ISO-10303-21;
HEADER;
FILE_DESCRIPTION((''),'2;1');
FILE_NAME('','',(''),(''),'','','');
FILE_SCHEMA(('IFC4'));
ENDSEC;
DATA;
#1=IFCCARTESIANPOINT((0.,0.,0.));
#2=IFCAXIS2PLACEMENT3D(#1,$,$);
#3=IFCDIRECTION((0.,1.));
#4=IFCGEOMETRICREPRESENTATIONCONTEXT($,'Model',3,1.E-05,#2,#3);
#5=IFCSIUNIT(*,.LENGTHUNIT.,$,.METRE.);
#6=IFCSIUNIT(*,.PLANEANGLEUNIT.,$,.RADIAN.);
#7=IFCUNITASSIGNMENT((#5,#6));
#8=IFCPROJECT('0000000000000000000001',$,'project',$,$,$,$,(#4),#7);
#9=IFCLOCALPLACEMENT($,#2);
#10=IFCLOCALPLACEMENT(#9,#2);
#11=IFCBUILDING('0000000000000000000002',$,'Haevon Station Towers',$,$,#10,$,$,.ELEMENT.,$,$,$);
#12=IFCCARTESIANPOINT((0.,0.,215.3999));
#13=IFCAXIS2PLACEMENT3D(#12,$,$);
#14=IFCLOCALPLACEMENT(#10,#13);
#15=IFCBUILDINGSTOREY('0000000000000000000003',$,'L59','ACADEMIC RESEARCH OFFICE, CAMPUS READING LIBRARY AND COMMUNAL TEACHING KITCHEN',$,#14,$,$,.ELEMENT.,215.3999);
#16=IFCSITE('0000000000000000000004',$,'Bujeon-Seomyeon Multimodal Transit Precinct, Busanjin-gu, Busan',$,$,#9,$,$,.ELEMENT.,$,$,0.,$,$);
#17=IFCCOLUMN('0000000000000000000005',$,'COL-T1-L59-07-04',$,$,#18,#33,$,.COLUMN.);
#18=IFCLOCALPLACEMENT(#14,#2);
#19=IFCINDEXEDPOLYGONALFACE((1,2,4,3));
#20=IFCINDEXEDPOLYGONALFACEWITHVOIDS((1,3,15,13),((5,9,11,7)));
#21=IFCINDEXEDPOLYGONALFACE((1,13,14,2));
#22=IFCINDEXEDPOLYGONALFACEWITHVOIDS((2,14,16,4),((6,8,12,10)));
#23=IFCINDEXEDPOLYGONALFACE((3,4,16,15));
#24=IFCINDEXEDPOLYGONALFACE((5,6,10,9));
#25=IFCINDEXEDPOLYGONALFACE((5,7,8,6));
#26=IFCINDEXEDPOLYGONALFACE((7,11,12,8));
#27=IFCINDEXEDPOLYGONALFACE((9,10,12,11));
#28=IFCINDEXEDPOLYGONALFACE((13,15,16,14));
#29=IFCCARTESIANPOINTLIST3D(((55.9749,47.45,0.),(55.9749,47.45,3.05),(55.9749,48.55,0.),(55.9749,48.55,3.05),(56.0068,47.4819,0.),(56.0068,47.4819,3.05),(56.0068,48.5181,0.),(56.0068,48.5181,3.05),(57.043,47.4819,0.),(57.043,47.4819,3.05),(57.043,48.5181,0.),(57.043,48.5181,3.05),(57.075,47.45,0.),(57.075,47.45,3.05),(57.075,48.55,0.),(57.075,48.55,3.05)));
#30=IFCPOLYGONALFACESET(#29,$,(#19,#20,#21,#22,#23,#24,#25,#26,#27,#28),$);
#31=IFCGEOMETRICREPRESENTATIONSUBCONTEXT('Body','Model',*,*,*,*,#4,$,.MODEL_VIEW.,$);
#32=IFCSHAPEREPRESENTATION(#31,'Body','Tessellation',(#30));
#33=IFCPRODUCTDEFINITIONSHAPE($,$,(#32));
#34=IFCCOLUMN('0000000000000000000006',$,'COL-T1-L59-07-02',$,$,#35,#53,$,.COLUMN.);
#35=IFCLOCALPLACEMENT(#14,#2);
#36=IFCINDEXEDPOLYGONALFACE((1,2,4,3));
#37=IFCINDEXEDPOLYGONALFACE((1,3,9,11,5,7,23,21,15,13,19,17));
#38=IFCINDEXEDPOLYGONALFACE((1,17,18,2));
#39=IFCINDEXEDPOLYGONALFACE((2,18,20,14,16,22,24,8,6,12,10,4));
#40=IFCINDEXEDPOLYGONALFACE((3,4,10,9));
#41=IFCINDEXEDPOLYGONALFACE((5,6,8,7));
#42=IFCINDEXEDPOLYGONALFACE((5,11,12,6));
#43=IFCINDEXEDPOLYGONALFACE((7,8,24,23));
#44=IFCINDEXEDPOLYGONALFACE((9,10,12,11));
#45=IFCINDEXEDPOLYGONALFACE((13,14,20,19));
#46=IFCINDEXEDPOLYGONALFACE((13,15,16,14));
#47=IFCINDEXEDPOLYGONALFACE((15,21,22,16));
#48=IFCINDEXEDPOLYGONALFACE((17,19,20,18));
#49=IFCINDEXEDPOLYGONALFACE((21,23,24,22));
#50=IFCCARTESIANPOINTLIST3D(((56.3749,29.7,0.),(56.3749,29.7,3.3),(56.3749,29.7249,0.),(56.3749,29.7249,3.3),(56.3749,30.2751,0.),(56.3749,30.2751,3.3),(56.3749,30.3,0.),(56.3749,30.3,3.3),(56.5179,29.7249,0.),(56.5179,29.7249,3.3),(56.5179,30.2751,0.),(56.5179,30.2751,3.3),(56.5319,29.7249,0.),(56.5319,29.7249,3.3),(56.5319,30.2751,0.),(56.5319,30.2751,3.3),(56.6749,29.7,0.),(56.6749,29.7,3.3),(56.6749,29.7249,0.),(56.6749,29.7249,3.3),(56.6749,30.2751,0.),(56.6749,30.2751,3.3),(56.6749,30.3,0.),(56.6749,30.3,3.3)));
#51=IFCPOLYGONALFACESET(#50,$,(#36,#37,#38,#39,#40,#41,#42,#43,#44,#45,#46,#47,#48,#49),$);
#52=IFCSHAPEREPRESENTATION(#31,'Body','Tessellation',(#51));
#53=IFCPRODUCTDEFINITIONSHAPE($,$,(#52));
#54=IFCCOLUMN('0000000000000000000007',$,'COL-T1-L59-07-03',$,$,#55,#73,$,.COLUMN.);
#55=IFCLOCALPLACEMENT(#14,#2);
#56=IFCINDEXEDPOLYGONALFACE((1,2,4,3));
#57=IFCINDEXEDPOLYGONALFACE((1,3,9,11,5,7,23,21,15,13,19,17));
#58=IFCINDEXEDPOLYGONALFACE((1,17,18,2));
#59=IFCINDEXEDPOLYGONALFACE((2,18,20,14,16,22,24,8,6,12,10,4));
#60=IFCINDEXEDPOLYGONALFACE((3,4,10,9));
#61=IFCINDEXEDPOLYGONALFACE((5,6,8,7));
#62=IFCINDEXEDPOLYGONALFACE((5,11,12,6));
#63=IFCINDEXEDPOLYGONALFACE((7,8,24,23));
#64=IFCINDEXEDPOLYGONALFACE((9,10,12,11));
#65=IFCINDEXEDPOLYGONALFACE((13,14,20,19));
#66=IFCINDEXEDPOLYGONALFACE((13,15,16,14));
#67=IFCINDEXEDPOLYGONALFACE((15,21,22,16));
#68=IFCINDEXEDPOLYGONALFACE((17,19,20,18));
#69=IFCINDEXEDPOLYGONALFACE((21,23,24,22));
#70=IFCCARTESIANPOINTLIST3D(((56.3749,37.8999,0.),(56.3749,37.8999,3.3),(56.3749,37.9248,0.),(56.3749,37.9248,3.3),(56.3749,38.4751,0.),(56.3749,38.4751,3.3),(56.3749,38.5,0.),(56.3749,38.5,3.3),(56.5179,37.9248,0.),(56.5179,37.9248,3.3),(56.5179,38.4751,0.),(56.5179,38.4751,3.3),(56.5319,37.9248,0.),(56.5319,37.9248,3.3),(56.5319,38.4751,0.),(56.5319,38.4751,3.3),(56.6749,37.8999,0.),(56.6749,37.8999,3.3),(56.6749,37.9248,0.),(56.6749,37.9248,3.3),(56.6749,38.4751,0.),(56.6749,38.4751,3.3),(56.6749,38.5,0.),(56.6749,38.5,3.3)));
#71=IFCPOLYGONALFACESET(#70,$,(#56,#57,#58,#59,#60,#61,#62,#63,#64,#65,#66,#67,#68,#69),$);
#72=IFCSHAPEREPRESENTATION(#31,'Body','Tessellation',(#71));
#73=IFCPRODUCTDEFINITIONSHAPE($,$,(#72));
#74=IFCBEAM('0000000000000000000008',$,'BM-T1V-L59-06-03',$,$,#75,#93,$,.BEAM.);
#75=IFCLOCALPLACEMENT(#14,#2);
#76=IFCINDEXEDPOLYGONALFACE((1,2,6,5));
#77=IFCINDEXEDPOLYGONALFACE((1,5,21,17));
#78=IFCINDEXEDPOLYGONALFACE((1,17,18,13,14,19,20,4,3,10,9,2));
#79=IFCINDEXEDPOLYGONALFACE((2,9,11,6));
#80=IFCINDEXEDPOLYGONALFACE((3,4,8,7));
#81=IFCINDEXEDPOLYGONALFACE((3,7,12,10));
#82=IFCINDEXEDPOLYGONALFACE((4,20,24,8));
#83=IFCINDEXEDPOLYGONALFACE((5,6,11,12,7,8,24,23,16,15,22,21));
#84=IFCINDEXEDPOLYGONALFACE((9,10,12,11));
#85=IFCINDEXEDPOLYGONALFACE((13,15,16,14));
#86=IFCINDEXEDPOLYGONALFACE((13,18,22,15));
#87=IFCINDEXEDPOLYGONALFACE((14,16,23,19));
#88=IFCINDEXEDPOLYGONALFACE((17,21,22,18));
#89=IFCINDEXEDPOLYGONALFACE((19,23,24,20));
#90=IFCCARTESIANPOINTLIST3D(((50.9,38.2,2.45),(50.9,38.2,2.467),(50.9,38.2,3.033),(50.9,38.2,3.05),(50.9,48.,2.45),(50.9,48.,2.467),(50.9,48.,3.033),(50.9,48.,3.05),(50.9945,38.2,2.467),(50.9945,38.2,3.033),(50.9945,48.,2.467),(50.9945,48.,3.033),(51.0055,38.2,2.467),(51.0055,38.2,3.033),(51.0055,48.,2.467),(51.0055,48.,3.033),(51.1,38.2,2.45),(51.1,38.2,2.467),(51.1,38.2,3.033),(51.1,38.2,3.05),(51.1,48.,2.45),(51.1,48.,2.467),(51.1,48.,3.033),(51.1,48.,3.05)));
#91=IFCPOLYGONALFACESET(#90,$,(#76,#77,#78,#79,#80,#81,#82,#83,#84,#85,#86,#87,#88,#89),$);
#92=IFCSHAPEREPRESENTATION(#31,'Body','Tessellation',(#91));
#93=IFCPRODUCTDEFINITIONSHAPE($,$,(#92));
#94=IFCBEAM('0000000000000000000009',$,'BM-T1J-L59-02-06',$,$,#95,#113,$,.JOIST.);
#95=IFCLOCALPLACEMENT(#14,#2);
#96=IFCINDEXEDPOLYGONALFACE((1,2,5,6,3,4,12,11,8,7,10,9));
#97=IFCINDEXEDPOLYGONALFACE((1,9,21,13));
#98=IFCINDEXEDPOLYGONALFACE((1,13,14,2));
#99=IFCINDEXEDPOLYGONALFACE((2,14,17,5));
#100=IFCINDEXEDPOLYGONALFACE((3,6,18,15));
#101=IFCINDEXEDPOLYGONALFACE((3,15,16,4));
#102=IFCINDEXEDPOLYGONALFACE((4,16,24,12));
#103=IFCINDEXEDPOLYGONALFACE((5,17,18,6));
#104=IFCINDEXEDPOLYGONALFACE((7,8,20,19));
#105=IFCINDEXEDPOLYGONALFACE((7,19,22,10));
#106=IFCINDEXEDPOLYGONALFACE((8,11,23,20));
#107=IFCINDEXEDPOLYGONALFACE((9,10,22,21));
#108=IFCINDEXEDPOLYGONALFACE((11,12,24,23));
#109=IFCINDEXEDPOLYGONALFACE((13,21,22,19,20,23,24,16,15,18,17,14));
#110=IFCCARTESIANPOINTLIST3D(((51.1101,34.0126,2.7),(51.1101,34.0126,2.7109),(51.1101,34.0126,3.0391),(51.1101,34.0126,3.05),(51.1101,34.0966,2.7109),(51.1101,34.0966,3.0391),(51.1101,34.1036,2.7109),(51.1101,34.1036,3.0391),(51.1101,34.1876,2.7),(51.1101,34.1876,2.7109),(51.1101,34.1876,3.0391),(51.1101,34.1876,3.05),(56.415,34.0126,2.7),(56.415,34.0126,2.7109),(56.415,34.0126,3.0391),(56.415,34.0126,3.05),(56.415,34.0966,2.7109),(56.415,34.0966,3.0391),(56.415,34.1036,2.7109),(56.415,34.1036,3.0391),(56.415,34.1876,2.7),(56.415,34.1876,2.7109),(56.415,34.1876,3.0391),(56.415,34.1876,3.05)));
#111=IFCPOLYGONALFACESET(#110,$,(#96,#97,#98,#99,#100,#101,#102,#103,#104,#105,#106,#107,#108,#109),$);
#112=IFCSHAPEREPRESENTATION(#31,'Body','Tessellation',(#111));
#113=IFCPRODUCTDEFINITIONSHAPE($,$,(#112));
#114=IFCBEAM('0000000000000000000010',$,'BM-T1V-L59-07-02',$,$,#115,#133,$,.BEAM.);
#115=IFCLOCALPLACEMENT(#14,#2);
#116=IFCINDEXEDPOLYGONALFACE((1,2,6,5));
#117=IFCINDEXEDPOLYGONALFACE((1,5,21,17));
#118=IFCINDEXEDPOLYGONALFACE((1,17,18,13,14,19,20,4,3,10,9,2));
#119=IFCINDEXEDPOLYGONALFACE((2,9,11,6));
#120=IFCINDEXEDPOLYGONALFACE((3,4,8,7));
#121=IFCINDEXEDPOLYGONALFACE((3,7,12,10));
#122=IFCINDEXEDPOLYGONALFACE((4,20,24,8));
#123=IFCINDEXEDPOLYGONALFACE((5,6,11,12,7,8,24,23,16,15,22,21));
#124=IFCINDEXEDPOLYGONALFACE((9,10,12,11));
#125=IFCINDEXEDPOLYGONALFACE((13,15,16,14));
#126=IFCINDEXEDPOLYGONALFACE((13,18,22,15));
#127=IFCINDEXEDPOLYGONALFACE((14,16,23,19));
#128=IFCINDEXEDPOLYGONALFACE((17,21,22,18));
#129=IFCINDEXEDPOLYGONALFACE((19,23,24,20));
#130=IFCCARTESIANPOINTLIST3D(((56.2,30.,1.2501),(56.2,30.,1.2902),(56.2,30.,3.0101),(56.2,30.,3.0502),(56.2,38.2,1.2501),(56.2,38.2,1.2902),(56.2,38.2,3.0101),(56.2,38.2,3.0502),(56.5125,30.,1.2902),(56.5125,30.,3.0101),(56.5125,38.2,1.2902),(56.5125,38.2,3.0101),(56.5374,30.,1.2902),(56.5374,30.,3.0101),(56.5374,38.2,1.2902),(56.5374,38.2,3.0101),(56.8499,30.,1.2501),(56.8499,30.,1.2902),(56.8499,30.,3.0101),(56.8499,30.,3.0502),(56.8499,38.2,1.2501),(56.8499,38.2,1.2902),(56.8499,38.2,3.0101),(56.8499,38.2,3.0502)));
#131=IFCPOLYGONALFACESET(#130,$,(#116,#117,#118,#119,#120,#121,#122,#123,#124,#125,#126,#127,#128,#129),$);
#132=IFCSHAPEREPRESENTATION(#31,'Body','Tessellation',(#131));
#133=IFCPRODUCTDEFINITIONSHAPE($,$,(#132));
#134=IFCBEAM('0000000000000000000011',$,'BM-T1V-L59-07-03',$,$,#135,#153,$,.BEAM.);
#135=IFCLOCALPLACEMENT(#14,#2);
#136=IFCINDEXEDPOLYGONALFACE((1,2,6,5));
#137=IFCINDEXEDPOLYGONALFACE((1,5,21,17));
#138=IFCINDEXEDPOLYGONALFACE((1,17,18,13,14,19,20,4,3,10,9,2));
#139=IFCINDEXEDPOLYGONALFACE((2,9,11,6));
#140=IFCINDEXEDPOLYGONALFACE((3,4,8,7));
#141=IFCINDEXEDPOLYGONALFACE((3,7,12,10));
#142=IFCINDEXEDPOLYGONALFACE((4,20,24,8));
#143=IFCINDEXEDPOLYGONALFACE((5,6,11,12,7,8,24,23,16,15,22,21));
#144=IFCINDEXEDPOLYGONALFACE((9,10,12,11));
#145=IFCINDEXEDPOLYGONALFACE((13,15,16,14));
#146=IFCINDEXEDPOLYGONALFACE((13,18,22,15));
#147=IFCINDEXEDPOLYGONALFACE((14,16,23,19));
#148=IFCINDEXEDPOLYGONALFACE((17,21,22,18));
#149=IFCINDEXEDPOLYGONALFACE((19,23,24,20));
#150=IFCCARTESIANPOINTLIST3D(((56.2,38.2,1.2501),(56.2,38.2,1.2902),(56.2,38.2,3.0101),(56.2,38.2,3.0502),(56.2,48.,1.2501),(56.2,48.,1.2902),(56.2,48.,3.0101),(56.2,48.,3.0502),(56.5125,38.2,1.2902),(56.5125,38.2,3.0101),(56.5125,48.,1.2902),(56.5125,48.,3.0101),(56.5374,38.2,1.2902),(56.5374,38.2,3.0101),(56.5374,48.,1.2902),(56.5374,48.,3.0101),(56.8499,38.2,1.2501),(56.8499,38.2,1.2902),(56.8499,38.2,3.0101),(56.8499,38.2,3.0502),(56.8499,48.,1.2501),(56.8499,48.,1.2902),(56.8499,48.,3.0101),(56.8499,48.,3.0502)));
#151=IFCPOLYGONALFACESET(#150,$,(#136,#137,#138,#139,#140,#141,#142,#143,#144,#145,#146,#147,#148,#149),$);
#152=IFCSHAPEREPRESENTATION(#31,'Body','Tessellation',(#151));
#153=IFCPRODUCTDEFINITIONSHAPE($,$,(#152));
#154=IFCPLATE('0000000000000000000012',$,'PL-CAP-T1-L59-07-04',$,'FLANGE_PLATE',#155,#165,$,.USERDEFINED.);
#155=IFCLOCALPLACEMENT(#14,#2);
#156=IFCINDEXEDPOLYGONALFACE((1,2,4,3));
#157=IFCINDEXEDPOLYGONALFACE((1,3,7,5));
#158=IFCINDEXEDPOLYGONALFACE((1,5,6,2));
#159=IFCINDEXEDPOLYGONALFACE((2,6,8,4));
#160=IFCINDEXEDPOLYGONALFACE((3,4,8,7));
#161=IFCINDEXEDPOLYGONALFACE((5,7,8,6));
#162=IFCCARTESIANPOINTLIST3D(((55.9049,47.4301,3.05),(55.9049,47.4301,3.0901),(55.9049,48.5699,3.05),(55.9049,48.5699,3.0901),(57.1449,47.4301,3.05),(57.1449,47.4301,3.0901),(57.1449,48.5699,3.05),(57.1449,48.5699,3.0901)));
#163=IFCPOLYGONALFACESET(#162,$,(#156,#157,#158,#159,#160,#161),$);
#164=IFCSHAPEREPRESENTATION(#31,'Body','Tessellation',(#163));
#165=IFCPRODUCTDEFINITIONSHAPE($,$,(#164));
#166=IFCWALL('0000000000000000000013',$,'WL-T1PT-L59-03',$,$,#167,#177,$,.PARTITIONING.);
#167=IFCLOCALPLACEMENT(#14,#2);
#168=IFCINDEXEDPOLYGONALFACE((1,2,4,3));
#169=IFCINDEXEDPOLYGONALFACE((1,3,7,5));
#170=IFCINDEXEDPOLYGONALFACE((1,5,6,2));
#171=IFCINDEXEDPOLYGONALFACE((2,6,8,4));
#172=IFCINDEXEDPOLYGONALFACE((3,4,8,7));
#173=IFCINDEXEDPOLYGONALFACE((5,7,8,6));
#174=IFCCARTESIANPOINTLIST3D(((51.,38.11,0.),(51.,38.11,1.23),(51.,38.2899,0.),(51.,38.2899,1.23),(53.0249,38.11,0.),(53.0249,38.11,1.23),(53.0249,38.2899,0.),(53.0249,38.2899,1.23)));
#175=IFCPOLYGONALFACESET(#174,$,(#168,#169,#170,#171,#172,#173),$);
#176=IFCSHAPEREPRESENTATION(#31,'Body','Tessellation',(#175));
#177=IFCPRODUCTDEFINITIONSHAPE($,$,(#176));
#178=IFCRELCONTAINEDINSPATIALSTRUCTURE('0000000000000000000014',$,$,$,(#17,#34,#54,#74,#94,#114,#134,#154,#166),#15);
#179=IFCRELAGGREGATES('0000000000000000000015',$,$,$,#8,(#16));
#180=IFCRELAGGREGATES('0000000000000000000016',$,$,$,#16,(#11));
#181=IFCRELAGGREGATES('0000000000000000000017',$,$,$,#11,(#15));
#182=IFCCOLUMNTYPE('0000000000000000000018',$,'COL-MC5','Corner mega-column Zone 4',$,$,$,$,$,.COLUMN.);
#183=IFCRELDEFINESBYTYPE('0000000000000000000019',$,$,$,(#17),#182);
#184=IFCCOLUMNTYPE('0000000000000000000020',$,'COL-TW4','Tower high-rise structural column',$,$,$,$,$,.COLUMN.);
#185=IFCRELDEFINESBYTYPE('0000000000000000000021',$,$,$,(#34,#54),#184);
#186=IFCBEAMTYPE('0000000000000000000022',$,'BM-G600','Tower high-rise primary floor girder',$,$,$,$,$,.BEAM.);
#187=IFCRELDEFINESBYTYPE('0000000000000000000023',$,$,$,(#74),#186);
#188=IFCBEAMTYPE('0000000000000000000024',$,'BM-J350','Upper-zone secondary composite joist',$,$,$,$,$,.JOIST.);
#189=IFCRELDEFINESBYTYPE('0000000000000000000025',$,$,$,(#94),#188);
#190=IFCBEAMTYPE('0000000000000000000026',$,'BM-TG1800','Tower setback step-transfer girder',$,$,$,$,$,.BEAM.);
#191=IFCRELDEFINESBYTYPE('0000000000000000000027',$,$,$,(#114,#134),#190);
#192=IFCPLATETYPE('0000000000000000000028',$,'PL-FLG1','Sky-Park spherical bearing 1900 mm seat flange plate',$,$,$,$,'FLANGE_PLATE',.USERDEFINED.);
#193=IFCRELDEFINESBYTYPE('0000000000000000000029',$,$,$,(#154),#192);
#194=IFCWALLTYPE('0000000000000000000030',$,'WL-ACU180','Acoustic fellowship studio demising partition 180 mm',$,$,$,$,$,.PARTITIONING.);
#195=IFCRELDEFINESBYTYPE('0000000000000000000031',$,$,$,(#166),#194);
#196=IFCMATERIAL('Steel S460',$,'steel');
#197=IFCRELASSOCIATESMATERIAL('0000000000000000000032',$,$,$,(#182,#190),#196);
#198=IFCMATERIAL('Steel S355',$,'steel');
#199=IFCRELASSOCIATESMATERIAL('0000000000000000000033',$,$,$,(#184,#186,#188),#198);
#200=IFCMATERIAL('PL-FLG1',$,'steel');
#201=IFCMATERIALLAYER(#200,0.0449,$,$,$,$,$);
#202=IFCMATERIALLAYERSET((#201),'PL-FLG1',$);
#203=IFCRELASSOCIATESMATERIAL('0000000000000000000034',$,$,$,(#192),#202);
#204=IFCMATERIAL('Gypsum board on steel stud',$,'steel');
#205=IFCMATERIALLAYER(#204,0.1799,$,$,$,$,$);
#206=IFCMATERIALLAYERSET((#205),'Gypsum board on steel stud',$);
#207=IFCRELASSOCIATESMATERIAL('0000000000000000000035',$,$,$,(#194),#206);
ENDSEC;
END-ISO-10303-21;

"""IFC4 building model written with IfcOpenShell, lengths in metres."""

from ifc_helpers import new_model, si_unit, direction, frame, frame_2d, origin, origin_2d, place, context, subcontext, project, spatial, rectangle, hollow_rectangle, i_section, extrude, material, layer, layer_set, material_profile, profile_set, type_object, element, save


model = new_model("IFC4")

# Units and contexts
model_context = context("Model", 3, precision=1e-05, world=origin(), true_north=direction((0.0, 1.0)))
body_context = subcontext(model_context, "Body", "Model", "MODEL_VIEW")
ifc_project = project(units=[si_unit("LENGTHUNIT", "METRE"), si_unit("PLANEANGLEUNIT", "RADIAN")], contexts=[model_context])

# Site, building, storey
site_placement = place(None, origin())
site = spatial("IfcSite", under=ifc_project, at=site_placement, Name="Bujeon-Seomyeon Multimodal Transit Precinct, Busanjin-gu, Busan", CompositionType="ELEMENT", RefElevation=0.0)
building_placement = place(site_placement, origin())
building = spatial("IfcBuilding", under=site, at=building_placement, Name="Haevon Station Towers", CompositionType="ELEMENT")
storey_placement = place(building_placement, frame((0.0, 0.0, 215.3999)))
storey = spatial("IfcBuildingStorey", under=building, at=storey_placement, Name="L59", Description="ACADEMIC RESEARCH OFFICE, CAMPUS READING LIBRARY AND COMMUNAL TEACHING KITCHEN", CompositionType="ELEMENT", Elevation=215.3999)

# Columns
ifc_material_1 = material(Name="Steel S460", Category="steel")
ifc_material_profile_1 = material_profile(ifc_material_1, hollow_rectangle(XDim=1.1001, YDim=1.1001, WallThickness=0.032, at=origin_2d()), Name="BOX-1100x1100x32")
ifc_profile_set_1 = profile_set([ifc_material_profile_1], Name="Steel S460")
column_type_1 = type_object("IfcColumnType", Name="COL-MC5", Description="Corner mega-column Zone 4", PredefinedType="COLUMN", material=ifc_profile_set_1)
column_placement = place(storey_placement, frame((56.5249, 48.0, 0.0), z_axis=(0.0, 0.0, 1.0), x_axis=(1.0, 0.0, 0.0)))
element("IfcColumn", 1, at=column_placement, inside=storey, type_object=column_type_1, Name="COL-T1-L59-07-04", PredefinedType="COLUMN", context=body_context, shape_type="SweptSolid", body=[
    extrude(hollow_rectangle(XDim=1.1001, YDim=1.1001, WallThickness=0.032, at=origin_2d()), origin(), (0.0, 0.0, 1.0), 3.05),
])
ifc_material_2 = material(Name="Steel S355", Category="steel")
ifc_material_profile_2 = material_profile(ifc_material_2, i_section(OverallWidth=0.3, OverallDepth=0.6001, WebThickness=0.0139, FlangeThickness=0.0249, at=origin_2d()), Name="H-600x300x14x25")
ifc_profile_set_2 = profile_set([ifc_material_profile_2], Name="Steel S355")
column_type_2 = type_object("IfcColumnType", Name="COL-TW4", Description="Tower high-rise structural column", PredefinedType="COLUMN", material=ifc_profile_set_2)
for number, where, z_axis, x_axis, name in (
    (2, (56.5249, 30.0, 0.0), (0.0, 0.0, 1.0), (1.0, 0.0, 0.0), "COL-T1-L59-07-02"),
    (3, (56.5249, 38.2, 0.0), (0.0, 0.0, 1.0), (1.0, 0.0, 0.0), "COL-T1-L59-07-03"),
):
    element("IfcColumn", number, at=place(storey_placement, frame(where, z_axis=z_axis, x_axis=x_axis)), inside=storey, type_object=column_type_2, Name=name, PredefinedType="COLUMN", context=body_context, shape_type="SweptSolid", body=[
        extrude(i_section(OverallWidth=0.3, OverallDepth=0.6001, WebThickness=0.0139, FlangeThickness=0.0249, at=origin_2d()), origin(), (0.0, 0.0, 1.0), 3.3),
    ])

# Beams
ifc_material_profile_3 = material_profile(ifc_material_2, i_section(OverallWidth=0.2, OverallDepth=0.6001, WebThickness=0.011, FlangeThickness=0.0171, at=origin_2d()), Name="H-600x200x11x17")
ifc_profile_set_3 = profile_set([ifc_material_profile_3], Name="Steel S355")
beam_type_1 = type_object("IfcBeamType", Name="BM-G600", Description="Tower high-rise primary floor girder", PredefinedType="BEAM", material=ifc_profile_set_3)
beam_1_placement = place(storey_placement, frame((51.0, 38.2, 2.75), z_axis=(0.0, 1.0, 0.0), x_axis=(-1.0, 0.0, 0.0)))
element("IfcBeam", 4, at=beam_1_placement, inside=storey, type_object=beam_type_1, Name="BM-T1V-L59-06-03", PredefinedType="BEAM", context=body_context, shape_type="SweptSolid", body=[
    extrude(i_section(OverallWidth=0.2, OverallDepth=0.6001, WebThickness=0.011, FlangeThickness=0.0171, at=origin_2d()), origin(), (0.0, 0.0, 1.0), 9.8),
])
ifc_material_profile_4 = material_profile(ifc_material_2, i_section(OverallWidth=0.175, OverallDepth=0.3501, WebThickness=0.0071, FlangeThickness=0.011, at=origin_2d()), Name="H-350x175x7x11")
ifc_profile_set_4 = profile_set([ifc_material_profile_4], Name="Steel S355")
beam_type_2 = type_object("IfcBeamType", Name="BM-J350", Description="Upper-zone secondary composite joist", PredefinedType="JOIST", material=ifc_profile_set_4)
beam_2_placement = place(storey_placement, frame((51.1101, 34.1001, 2.875), z_axis=(1.0, 0.0, 0.0), x_axis=(0.0, 1.0, 0.0)))
element("IfcBeam", 5, at=beam_2_placement, inside=storey, type_object=beam_type_2, Name="BM-T1J-L59-02-06", PredefinedType="JOIST", context=body_context, shape_type="SweptSolid", body=[
    extrude(i_section(OverallWidth=0.175, OverallDepth=0.3501, WebThickness=0.0071, FlangeThickness=0.011, at=origin_2d()), origin(), (0.0, 0.0, 1.0), 5.3049),
])
ifc_material_profile_5 = material_profile(ifc_material_1, i_section(OverallWidth=0.6499, OverallDepth=1.8, WebThickness=0.0249, FlangeThickness=0.04, at=origin_2d()), Name="H-1800x650x25x40")
ifc_profile_set_5 = profile_set([ifc_material_profile_5], Name="Steel S460")
beam_type_3 = type_object("IfcBeamType", Name="BM-TG1800", Description="Tower setback step-transfer girder", PredefinedType="BEAM", material=ifc_profile_set_5)
beam_3_placement = place(storey_placement, frame((56.5249, 30.0, 2.1501), z_axis=(0.0, 1.0, 0.0), x_axis=(-1.0, 0.0, 0.0)))
element("IfcBeam", 6, at=beam_3_placement, inside=storey, type_object=beam_type_3, Name="BM-T1V-L59-07-02", PredefinedType="BEAM", context=body_context, shape_type="SweptSolid", body=[
    extrude(i_section(OverallWidth=0.6499, OverallDepth=1.8, WebThickness=0.0249, FlangeThickness=0.04, at=origin_2d()), origin(), (0.0, 0.0, 1.0), 8.2),
])
beam_4_placement = place(storey_placement, frame((56.5249, 38.2, 2.1501), z_axis=(0.0, 1.0, 0.0), x_axis=(-1.0, 0.0, 0.0)))
element("IfcBeam", 7, at=beam_4_placement, inside=storey, type_object=beam_type_3, Name="BM-T1V-L59-07-03", PredefinedType="BEAM", context=body_context, shape_type="SweptSolid", body=[
    extrude(i_section(OverallWidth=0.6499, OverallDepth=1.8, WebThickness=0.0249, FlangeThickness=0.04, at=origin_2d()), origin(), (0.0, 0.0, 1.0), 9.8),
])

# Plate
ifc_material_3 = material(Name="PL-FLG1", Category="steel")
ifc_layer_1 = layer(ifc_material_3, 0.0449)
ifc_layer_set_1 = layer_set([ifc_layer_1], Name="PL-FLG1")
plate_type = type_object("IfcPlateType", Name="PL-FLG1", Description="Sky-Park spherical bearing 1900 mm seat flange plate", ElementType="FLANGE_PLATE", PredefinedType="USERDEFINED", material=ifc_layer_set_1)
plate_placement = place(storey_placement, frame((56.5249, 48.0, 3.05), z_axis=(0.0, 0.0, 1.0), x_axis=(1.0, 0.0, 0.0)))
element("IfcPlate", 8, at=plate_placement, inside=storey, type_object=plate_type, Name="PL-CAP-T1-L59-07-04", ObjectType="FLANGE_PLATE", PredefinedType="USERDEFINED", context=body_context, shape_type="SweptSolid", body=[
    extrude(rectangle(XDim=1.24, YDim=1.1399, at=origin_2d()), origin(), (0.0, 0.0, 1.0), 0.04),
])

# Wall
ifc_material_4 = material(Name="Gypsum board on steel stud", Category="steel")
ifc_layer_2 = layer(ifc_material_4, 0.1799)
ifc_layer_set_2 = layer_set([ifc_layer_2], Name="Gypsum board on steel stud")
wall_type_1 = type_object("IfcWallType", Name="WL-ACU180", Description="Acoustic fellowship studio demising partition 180 mm", PredefinedType="PARTITIONING", material=ifc_layer_set_2)
wall_1_placement = place(storey_placement, frame((51.0, 38.2, 0.0), z_axis=(0.0, 0.0, 1.0), x_axis=(1.0, 0.0, 0.0)))
element("IfcWall", 9, at=wall_1_placement, inside=storey, type_object=wall_type_1, Name="WL-T1PT-L59-03", PredefinedType="PARTITIONING", context=body_context, shape_type="SweptSolid", body=[
    extrude(rectangle(XDim=2.0249, YDim=0.1799, at=frame_2d((1.0125, 0.0))), origin(), (0.0, 0.0, 1.0), 1.23),
])

save(model, "model.ifc")
